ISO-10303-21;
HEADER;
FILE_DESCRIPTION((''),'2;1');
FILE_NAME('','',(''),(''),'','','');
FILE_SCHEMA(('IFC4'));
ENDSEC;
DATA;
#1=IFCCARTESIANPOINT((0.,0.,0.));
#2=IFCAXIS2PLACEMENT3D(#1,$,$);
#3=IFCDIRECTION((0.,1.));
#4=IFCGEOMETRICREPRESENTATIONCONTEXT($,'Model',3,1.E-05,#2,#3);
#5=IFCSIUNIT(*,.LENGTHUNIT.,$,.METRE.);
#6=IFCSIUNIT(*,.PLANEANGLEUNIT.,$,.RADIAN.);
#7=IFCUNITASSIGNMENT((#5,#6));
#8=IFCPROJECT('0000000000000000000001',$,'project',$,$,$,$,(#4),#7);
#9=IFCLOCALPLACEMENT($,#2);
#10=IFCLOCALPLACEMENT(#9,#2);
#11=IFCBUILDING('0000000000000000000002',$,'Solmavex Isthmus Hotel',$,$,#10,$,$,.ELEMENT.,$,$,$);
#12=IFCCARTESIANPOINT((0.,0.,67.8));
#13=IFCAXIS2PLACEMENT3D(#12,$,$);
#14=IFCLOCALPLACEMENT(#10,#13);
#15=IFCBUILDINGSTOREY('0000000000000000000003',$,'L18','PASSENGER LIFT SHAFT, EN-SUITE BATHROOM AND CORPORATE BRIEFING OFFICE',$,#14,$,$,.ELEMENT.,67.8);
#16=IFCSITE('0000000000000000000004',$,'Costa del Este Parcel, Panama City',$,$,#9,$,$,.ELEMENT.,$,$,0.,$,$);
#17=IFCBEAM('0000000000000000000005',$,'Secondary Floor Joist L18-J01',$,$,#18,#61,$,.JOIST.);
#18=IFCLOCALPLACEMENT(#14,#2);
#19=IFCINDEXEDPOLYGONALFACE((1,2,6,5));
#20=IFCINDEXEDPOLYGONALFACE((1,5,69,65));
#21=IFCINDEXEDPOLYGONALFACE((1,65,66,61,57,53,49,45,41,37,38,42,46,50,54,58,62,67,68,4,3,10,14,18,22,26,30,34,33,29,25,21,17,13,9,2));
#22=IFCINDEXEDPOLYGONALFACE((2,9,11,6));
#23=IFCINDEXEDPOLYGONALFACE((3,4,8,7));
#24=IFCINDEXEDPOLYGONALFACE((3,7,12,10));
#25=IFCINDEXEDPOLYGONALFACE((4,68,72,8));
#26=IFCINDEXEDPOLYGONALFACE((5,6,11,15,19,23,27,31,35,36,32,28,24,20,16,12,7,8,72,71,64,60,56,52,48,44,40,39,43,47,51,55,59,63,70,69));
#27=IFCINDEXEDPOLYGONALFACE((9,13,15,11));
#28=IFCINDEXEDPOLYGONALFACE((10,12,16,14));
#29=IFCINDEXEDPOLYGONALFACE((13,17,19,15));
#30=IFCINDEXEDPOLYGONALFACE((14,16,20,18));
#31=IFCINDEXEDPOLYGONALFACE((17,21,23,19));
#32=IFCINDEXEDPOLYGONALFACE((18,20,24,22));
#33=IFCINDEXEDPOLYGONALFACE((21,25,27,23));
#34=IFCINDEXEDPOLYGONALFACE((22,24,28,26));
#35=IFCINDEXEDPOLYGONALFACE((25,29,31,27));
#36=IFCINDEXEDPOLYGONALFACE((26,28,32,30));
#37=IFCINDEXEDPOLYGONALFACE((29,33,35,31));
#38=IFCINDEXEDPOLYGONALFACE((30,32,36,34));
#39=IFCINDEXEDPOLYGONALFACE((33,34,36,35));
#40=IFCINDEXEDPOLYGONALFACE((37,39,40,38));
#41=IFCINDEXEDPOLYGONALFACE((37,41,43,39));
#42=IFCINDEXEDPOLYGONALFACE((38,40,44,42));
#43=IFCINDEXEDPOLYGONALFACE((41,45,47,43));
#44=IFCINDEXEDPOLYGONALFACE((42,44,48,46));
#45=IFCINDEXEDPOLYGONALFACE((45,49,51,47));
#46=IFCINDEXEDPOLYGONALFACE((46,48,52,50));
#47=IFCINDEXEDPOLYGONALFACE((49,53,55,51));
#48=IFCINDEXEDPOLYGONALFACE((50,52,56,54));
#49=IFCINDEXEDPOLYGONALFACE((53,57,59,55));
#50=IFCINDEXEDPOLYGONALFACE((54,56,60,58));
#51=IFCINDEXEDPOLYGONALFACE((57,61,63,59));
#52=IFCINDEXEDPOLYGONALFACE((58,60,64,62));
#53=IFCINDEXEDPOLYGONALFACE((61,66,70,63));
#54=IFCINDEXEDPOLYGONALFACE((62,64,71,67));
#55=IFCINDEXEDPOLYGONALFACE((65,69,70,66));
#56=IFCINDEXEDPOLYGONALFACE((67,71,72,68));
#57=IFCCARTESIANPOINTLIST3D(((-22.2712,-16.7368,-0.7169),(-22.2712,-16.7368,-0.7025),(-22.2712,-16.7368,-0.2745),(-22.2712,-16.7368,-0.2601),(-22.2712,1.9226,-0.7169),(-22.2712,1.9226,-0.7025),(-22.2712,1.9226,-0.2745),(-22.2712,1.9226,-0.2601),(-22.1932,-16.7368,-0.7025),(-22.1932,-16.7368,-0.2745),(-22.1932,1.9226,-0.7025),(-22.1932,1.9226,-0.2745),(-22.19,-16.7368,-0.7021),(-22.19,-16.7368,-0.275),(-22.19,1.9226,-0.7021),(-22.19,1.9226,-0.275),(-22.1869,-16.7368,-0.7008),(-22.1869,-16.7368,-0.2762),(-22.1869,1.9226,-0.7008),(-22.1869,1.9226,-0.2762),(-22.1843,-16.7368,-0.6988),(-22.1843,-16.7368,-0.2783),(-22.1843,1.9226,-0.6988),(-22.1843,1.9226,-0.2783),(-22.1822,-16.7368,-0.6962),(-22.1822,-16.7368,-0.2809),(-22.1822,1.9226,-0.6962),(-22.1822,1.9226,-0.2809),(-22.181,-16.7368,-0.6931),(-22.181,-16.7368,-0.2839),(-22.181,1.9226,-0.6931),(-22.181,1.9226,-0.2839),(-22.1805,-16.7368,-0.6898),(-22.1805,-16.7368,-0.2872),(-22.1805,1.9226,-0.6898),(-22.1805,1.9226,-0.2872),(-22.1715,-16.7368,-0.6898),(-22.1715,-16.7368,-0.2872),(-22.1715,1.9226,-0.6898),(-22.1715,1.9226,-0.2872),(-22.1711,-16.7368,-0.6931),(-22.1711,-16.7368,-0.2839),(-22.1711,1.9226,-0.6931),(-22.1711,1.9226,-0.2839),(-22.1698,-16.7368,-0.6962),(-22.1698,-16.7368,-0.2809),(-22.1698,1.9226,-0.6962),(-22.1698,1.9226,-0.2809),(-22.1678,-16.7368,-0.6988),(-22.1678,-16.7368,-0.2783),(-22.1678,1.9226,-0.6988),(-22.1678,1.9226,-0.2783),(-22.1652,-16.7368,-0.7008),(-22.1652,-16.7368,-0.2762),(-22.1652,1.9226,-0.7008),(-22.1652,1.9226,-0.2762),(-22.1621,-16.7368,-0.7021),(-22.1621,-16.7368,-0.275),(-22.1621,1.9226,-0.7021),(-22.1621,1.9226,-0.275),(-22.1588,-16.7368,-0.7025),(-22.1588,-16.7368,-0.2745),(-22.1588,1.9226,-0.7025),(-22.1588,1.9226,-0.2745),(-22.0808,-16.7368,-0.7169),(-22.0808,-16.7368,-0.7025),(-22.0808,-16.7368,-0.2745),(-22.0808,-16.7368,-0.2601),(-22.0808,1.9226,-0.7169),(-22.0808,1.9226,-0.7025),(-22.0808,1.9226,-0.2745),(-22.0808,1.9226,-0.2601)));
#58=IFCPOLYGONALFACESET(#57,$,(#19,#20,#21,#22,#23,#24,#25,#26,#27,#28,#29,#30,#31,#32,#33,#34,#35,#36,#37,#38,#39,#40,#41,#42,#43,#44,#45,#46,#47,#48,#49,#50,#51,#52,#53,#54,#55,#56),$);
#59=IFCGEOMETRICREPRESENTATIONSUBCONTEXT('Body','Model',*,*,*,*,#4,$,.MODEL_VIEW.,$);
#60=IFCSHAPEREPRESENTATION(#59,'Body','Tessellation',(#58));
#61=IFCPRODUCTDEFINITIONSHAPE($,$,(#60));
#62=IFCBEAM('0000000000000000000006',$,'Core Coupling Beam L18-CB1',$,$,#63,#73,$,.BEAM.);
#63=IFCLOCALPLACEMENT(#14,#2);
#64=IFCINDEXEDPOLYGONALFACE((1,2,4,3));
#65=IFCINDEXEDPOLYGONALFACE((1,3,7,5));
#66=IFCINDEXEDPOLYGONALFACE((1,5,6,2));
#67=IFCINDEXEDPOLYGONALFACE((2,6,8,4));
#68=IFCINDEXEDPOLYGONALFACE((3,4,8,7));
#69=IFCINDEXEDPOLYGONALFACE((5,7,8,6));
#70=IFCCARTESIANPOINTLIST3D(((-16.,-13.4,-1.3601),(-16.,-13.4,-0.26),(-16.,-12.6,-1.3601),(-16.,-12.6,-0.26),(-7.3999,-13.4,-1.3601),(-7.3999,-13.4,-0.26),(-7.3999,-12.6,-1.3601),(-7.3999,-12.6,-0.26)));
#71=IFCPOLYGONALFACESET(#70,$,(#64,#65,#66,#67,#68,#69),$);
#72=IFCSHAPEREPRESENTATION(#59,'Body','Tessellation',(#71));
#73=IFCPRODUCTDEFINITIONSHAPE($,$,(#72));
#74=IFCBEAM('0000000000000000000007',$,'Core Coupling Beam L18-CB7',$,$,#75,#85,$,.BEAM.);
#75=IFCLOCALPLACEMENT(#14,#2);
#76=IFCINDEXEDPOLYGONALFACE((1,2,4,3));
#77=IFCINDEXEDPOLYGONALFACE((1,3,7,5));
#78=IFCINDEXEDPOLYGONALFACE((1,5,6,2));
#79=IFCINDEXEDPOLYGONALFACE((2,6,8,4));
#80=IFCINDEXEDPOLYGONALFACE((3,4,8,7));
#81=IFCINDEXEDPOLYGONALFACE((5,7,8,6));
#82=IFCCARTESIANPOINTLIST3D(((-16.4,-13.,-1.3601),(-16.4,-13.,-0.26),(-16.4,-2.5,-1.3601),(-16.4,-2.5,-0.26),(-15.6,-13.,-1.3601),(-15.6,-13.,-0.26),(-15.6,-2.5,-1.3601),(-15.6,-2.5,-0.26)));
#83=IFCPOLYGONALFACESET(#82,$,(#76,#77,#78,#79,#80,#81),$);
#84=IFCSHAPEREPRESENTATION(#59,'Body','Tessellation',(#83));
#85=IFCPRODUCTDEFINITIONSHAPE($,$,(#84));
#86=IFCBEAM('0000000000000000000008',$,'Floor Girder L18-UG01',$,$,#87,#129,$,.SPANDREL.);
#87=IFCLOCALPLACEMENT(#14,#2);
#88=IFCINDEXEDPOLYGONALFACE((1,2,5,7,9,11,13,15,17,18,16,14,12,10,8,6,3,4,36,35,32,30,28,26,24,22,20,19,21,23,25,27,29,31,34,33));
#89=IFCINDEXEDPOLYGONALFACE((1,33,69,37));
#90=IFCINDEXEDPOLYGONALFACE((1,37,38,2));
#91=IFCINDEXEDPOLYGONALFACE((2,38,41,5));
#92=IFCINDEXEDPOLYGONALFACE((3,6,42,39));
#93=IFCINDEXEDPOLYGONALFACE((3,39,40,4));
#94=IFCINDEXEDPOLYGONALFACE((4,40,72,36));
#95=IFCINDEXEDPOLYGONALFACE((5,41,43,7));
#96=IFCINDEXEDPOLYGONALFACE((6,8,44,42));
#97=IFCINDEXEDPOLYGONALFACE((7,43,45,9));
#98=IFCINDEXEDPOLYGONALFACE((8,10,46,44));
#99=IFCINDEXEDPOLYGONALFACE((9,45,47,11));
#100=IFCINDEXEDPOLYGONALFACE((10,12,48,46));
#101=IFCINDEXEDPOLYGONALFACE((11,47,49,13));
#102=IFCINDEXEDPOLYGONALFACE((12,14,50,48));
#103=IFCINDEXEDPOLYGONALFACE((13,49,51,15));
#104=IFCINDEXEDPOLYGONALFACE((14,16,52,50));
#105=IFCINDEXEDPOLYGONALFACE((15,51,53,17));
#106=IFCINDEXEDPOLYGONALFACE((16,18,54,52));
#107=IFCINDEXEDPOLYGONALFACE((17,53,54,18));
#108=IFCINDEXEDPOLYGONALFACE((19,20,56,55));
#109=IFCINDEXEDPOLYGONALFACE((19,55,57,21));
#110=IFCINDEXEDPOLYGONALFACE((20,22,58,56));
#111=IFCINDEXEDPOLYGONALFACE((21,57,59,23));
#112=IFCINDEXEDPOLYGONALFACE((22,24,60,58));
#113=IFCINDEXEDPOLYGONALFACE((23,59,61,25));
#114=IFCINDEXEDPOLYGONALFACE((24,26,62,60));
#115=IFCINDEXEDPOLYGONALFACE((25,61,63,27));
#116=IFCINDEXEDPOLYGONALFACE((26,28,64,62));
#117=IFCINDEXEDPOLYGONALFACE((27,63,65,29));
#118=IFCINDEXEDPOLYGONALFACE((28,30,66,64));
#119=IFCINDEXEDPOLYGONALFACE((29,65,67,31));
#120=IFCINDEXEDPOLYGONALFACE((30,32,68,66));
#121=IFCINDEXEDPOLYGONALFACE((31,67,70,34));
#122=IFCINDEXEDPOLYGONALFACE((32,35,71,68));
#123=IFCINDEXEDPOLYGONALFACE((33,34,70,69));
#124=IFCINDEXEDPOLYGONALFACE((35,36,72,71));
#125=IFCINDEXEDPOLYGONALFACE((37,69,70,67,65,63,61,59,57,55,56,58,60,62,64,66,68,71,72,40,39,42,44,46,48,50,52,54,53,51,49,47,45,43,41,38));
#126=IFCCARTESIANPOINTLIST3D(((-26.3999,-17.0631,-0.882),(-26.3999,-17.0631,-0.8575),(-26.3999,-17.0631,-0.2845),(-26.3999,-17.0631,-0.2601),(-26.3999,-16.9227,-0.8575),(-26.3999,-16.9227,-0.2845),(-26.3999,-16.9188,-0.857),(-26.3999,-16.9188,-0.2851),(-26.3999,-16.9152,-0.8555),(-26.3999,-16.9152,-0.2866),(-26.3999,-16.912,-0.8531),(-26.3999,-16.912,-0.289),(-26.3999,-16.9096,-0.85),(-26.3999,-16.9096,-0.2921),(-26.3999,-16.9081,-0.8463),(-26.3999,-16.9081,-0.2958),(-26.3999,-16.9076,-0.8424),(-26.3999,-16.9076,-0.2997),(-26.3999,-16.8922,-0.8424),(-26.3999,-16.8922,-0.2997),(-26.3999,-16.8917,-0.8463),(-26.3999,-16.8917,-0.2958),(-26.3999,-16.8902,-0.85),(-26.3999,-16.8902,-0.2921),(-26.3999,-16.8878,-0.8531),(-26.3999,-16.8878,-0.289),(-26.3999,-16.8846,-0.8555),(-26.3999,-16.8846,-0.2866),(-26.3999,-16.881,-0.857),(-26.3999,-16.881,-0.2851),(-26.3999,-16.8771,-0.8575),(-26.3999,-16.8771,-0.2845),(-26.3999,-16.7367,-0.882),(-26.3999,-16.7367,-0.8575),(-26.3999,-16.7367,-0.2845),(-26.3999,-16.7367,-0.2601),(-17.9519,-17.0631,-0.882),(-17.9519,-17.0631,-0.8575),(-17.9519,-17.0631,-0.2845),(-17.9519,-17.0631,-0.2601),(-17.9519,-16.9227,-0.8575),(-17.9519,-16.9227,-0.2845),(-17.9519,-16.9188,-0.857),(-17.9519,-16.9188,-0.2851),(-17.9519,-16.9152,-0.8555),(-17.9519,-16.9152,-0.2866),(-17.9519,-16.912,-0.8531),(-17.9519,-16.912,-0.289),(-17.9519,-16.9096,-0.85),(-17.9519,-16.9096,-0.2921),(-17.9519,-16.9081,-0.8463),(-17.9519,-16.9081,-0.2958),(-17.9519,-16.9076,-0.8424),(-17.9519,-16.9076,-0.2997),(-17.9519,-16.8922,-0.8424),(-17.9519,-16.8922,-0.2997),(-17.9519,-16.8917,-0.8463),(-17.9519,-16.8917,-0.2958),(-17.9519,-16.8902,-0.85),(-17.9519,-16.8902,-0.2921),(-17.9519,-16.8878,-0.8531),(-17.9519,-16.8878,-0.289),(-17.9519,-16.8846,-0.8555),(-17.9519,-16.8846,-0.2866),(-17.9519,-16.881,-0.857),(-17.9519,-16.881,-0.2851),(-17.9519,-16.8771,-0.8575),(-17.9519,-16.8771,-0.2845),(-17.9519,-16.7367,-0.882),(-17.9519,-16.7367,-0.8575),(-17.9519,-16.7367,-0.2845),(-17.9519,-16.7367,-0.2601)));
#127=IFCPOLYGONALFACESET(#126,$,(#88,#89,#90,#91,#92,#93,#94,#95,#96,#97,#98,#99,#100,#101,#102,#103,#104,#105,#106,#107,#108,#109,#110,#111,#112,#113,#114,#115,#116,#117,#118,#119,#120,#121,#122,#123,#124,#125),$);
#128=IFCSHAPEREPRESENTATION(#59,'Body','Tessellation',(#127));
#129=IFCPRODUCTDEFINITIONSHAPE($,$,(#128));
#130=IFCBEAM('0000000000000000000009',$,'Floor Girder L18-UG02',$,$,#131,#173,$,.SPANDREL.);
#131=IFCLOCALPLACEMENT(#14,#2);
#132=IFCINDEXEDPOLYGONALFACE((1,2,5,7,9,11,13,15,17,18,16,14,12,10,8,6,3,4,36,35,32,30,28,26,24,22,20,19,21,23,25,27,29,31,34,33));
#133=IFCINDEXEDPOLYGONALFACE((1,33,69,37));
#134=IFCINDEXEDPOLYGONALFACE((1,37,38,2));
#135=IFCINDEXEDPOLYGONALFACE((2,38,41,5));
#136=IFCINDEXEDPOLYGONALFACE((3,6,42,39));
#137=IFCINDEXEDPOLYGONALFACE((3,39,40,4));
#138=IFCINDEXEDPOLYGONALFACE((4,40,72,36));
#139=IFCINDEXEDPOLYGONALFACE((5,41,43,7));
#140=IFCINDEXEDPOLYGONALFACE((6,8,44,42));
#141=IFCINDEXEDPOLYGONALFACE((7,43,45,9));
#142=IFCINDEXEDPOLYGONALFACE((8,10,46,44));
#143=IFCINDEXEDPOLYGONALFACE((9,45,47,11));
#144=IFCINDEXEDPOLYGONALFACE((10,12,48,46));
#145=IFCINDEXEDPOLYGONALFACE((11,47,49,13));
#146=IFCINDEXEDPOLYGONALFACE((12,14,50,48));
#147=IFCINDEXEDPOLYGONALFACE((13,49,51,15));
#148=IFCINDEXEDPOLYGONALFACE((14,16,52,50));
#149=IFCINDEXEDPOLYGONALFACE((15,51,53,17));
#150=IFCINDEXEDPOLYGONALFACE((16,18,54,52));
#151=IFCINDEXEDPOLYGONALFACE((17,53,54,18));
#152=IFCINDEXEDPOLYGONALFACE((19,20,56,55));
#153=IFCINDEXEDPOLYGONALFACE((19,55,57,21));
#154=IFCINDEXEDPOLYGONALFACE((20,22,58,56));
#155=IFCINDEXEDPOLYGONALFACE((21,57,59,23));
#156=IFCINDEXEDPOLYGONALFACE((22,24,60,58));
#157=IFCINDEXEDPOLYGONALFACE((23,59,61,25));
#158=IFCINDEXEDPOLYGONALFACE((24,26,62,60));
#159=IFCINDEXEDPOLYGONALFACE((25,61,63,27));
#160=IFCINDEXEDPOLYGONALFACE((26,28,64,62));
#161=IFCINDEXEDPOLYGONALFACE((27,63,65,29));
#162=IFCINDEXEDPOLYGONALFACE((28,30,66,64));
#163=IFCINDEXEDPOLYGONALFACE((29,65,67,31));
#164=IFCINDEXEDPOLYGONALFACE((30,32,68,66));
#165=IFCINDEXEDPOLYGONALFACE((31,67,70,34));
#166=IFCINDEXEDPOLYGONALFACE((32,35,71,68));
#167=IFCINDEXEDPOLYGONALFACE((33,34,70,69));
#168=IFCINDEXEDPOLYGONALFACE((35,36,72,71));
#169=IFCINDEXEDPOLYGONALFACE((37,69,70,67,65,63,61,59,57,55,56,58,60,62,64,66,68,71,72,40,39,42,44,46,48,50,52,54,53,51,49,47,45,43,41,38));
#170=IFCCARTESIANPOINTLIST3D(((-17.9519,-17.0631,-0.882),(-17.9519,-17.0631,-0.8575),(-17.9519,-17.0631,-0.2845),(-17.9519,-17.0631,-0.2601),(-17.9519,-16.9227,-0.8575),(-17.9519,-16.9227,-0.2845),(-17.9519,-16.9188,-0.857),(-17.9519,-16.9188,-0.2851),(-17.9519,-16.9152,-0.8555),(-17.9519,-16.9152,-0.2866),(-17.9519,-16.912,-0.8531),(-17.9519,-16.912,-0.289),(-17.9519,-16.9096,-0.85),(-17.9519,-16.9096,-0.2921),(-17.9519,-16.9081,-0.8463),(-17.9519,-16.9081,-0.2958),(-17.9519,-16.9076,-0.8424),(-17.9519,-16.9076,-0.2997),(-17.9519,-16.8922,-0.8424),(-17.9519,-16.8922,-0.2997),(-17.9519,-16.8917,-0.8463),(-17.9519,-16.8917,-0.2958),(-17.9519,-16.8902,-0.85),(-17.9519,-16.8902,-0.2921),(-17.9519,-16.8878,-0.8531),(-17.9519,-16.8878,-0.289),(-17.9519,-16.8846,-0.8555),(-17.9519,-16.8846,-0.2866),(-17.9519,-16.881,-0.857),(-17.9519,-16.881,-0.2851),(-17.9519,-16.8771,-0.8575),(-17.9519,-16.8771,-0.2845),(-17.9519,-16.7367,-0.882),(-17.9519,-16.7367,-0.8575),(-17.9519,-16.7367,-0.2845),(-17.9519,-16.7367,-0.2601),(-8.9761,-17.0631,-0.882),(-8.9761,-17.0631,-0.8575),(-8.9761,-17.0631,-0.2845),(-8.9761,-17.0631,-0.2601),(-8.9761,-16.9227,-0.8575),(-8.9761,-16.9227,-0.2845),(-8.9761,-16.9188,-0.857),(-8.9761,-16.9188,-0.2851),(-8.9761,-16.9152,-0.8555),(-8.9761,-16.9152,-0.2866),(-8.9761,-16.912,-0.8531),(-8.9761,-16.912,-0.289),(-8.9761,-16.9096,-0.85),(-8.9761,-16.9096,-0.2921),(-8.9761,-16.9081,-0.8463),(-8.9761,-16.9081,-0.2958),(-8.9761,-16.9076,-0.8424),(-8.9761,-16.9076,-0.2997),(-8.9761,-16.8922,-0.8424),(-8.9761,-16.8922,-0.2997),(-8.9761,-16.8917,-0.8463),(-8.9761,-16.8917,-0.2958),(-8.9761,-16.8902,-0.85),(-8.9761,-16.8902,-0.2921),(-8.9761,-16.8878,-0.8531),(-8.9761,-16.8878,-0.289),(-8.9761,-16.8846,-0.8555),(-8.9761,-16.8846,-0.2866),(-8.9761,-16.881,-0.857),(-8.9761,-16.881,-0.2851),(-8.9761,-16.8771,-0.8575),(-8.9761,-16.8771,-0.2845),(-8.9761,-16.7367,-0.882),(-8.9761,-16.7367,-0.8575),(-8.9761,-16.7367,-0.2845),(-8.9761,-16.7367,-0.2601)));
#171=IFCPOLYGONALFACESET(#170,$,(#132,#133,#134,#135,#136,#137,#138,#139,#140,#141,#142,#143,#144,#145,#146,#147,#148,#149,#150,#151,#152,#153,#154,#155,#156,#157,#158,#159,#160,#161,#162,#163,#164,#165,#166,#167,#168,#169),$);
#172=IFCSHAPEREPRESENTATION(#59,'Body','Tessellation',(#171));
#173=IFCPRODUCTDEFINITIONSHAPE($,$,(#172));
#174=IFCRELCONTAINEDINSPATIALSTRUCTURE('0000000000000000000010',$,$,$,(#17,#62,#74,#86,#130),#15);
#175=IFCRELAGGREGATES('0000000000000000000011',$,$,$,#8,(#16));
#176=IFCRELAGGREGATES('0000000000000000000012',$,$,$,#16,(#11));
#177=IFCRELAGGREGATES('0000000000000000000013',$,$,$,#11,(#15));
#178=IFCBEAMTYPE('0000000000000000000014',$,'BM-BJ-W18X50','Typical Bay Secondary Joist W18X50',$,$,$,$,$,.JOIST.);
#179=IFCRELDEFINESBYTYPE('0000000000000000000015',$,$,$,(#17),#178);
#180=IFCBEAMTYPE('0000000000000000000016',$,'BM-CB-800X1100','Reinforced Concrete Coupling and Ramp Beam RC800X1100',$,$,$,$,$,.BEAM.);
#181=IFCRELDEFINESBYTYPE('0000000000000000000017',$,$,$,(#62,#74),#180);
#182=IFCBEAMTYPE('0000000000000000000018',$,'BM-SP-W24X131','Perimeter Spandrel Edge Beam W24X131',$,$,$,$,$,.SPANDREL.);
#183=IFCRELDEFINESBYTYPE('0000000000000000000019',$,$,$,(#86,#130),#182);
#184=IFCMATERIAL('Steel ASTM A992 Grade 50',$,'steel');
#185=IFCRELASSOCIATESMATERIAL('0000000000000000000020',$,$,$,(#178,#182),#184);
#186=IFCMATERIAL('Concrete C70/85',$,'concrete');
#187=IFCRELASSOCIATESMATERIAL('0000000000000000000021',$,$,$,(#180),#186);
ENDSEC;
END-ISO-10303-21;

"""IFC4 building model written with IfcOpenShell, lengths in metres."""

from ifc_helpers import new_model, si_unit, direction, frame, origin, origin_2d, place, context, subcontext, project, spatial, rectangle, i_section, extrude, material, material_profile, profile_set, type_object, element, save


model = new_model("IFC4")

# Units and contexts
model_context = context("Model", 3, precision=1e-05, world=origin(), true_north=direction((0.0, 1.0)))
body_context = subcontext(model_context, "Body", "Model", "MODEL_VIEW")
ifc_project = project(units=[si_unit("LENGTHUNIT", "METRE"), si_unit("PLANEANGLEUNIT", "RADIAN")], contexts=[model_context])

# Site, building, storey
site_placement = place(None, origin())
site = spatial("IfcSite", under=ifc_project, at=site_placement, Name="Costa del Este Parcel, Panama City", CompositionType="ELEMENT", RefElevation=0.0)
building_placement = place(site_placement, origin())
building = spatial("IfcBuilding", under=site, at=building_placement, Name="Solmavex Isthmus Hotel", CompositionType="ELEMENT")
storey_placement = place(building_placement, frame((0.0, 0.0, 67.8)))
storey = spatial("IfcBuildingStorey", under=building, at=storey_placement, Name="L18", Description="PASSENGER LIFT SHAFT, EN-SUITE BATHROOM AND CORPORATE BRIEFING OFFICE", CompositionType="ELEMENT", Elevation=67.8)

# Shared definitions
ifc_material_1 = material(Name="Concrete C70/85", Category="concrete")

# Beams
ifc_material_2 = material(Name="Steel ASTM A992 Grade 50", Category="steel")
ifc_material_profile_1 = material_profile(ifc_material_2, i_section(OverallWidth=0.1904, OverallDepth=0.4568, WebThickness=0.009, FlangeThickness=0.0144, FilletRadius=0.0127, at=origin_2d()), Name="W18X50")
ifc_profile_set_1 = profile_set([ifc_material_profile_1], Name="Steel ASTM A992 Grade 50")
beam_type_1 = type_object("IfcBeamType", Name="BM-BJ-W18X50", Description="Typical Bay Secondary Joist W18X50", PredefinedType="JOIST", material=ifc_profile_set_1)
beam_1_placement = place(storey_placement, frame((-22.176, -16.7368, -0.4885), z_axis=(0.0, 1.0, 0.0), x_axis=(-1.0, 0.0, 0.0)))
element("IfcBeam", 1, at=beam_1_placement, inside=storey, type_object=beam_type_1, Name="Secondary Floor Joist L18-J01", PredefinedType="JOIST", context=body_context, shape_type="SweptSolid", body=[
    extrude(i_section(OverallWidth=0.1904, OverallDepth=0.4568, WebThickness=0.009, FlangeThickness=0.0144, FilletRadius=0.0127, at=origin_2d()), origin(), (0.0, 0.0, 1.0), 18.6594),
])
ifc_material_profile_2 = material_profile(ifc_material_1, rectangle(XDim=0.8, YDim=1.1001, at=origin_2d()), Name="RC800X1100")
ifc_profile_set_2 = profile_set([ifc_material_profile_2], Name="Concrete C70/85")
beam_type_2 = type_object("IfcBeamType", Name="BM-CB-800X1100", Description="Reinforced Concrete Coupling and Ramp Beam RC800X1100", PredefinedType="BEAM", material=ifc_profile_set_2)
beam_2_placement = place(storey_placement, frame((-16.0, -13.0, -0.8101), z_axis=(1.0, 0.0, 0.0), x_axis=(0.0, 1.0, 0.0)))
element("IfcBeam", 2, at=beam_2_placement, inside=storey, type_object=beam_type_2, Name="Core Coupling Beam L18-CB1", PredefinedType="BEAM", context=body_context, shape_type="SweptSolid", body=[
    extrude(rectangle(XDim=0.8, YDim=1.1001, at=origin_2d()), origin(), (0.0, 0.0, 1.0), 8.6001),
])
beam_3_placement = place(storey_placement, frame((-16.0, -13.0, -0.8101), z_axis=(0.0, 1.0, 0.0), x_axis=(-1.0, 0.0, 0.0)))
element("IfcBeam", 3, at=beam_3_placement, inside=storey, type_object=beam_type_2, Name="Core Coupling Beam L18-CB7", PredefinedType="BEAM", context=body_context, shape_type="SweptSolid", body=[
    extrude(rectangle(XDim=0.8, YDim=1.1001, at=origin_2d()), origin(), (0.0, 0.0, 1.0), 10.5),
])
ifc_material_profile_3 = material_profile(ifc_material_2, i_section(OverallWidth=0.3264, OverallDepth=0.6218, WebThickness=0.0154, FlangeThickness=0.0244, FilletRadius=0.0151, at=origin_2d()), Name="W24X131")
ifc_profile_set_3 = profile_set([ifc_material_profile_3], Name="Steel ASTM A992 Grade 50")
beam_type_3 = type_object("IfcBeamType", Name="BM-SP-W24X131", Description="Perimeter Spandrel Edge Beam W24X131", PredefinedType="SPANDREL", material=ifc_profile_set_3)
beam_4_placement = place(storey_placement, frame((-26.3999, -16.8999, -0.571), z_axis=(1.0, 0.0, 0.0), x_axis=(0.0, 1.0, 0.0)))
element("IfcBeam", 4, at=beam_4_placement, inside=storey, type_object=beam_type_3, Name="Floor Girder L18-UG01", PredefinedType="SPANDREL", context=body_context, shape_type="SweptSolid", body=[
    extrude(i_section(OverallWidth=0.3264, OverallDepth=0.6218, WebThickness=0.0154, FlangeThickness=0.0244, FilletRadius=0.0151, at=origin_2d()), origin(), (0.0, 0.0, 1.0), 8.448),
])
beam_5_placement = place(storey_placement, frame((-17.9519, -16.8999, -0.571), z_axis=(1.0, 0.0, 0.0), x_axis=(0.0, 1.0, 0.0)))
element("IfcBeam", 5, at=beam_5_placement, inside=storey, type_object=beam_type_3, Name="Floor Girder L18-UG02", PredefinedType="SPANDREL", context=body_context, shape_type="SweptSolid", body=[
    extrude(i_section(OverallWidth=0.3264, OverallDepth=0.6218, WebThickness=0.0154, FlangeThickness=0.0244, FilletRadius=0.0151, at=origin_2d()), origin(), (0.0, 0.0, 1.0), 8.9758),
])

save(model, "model.ifc")
